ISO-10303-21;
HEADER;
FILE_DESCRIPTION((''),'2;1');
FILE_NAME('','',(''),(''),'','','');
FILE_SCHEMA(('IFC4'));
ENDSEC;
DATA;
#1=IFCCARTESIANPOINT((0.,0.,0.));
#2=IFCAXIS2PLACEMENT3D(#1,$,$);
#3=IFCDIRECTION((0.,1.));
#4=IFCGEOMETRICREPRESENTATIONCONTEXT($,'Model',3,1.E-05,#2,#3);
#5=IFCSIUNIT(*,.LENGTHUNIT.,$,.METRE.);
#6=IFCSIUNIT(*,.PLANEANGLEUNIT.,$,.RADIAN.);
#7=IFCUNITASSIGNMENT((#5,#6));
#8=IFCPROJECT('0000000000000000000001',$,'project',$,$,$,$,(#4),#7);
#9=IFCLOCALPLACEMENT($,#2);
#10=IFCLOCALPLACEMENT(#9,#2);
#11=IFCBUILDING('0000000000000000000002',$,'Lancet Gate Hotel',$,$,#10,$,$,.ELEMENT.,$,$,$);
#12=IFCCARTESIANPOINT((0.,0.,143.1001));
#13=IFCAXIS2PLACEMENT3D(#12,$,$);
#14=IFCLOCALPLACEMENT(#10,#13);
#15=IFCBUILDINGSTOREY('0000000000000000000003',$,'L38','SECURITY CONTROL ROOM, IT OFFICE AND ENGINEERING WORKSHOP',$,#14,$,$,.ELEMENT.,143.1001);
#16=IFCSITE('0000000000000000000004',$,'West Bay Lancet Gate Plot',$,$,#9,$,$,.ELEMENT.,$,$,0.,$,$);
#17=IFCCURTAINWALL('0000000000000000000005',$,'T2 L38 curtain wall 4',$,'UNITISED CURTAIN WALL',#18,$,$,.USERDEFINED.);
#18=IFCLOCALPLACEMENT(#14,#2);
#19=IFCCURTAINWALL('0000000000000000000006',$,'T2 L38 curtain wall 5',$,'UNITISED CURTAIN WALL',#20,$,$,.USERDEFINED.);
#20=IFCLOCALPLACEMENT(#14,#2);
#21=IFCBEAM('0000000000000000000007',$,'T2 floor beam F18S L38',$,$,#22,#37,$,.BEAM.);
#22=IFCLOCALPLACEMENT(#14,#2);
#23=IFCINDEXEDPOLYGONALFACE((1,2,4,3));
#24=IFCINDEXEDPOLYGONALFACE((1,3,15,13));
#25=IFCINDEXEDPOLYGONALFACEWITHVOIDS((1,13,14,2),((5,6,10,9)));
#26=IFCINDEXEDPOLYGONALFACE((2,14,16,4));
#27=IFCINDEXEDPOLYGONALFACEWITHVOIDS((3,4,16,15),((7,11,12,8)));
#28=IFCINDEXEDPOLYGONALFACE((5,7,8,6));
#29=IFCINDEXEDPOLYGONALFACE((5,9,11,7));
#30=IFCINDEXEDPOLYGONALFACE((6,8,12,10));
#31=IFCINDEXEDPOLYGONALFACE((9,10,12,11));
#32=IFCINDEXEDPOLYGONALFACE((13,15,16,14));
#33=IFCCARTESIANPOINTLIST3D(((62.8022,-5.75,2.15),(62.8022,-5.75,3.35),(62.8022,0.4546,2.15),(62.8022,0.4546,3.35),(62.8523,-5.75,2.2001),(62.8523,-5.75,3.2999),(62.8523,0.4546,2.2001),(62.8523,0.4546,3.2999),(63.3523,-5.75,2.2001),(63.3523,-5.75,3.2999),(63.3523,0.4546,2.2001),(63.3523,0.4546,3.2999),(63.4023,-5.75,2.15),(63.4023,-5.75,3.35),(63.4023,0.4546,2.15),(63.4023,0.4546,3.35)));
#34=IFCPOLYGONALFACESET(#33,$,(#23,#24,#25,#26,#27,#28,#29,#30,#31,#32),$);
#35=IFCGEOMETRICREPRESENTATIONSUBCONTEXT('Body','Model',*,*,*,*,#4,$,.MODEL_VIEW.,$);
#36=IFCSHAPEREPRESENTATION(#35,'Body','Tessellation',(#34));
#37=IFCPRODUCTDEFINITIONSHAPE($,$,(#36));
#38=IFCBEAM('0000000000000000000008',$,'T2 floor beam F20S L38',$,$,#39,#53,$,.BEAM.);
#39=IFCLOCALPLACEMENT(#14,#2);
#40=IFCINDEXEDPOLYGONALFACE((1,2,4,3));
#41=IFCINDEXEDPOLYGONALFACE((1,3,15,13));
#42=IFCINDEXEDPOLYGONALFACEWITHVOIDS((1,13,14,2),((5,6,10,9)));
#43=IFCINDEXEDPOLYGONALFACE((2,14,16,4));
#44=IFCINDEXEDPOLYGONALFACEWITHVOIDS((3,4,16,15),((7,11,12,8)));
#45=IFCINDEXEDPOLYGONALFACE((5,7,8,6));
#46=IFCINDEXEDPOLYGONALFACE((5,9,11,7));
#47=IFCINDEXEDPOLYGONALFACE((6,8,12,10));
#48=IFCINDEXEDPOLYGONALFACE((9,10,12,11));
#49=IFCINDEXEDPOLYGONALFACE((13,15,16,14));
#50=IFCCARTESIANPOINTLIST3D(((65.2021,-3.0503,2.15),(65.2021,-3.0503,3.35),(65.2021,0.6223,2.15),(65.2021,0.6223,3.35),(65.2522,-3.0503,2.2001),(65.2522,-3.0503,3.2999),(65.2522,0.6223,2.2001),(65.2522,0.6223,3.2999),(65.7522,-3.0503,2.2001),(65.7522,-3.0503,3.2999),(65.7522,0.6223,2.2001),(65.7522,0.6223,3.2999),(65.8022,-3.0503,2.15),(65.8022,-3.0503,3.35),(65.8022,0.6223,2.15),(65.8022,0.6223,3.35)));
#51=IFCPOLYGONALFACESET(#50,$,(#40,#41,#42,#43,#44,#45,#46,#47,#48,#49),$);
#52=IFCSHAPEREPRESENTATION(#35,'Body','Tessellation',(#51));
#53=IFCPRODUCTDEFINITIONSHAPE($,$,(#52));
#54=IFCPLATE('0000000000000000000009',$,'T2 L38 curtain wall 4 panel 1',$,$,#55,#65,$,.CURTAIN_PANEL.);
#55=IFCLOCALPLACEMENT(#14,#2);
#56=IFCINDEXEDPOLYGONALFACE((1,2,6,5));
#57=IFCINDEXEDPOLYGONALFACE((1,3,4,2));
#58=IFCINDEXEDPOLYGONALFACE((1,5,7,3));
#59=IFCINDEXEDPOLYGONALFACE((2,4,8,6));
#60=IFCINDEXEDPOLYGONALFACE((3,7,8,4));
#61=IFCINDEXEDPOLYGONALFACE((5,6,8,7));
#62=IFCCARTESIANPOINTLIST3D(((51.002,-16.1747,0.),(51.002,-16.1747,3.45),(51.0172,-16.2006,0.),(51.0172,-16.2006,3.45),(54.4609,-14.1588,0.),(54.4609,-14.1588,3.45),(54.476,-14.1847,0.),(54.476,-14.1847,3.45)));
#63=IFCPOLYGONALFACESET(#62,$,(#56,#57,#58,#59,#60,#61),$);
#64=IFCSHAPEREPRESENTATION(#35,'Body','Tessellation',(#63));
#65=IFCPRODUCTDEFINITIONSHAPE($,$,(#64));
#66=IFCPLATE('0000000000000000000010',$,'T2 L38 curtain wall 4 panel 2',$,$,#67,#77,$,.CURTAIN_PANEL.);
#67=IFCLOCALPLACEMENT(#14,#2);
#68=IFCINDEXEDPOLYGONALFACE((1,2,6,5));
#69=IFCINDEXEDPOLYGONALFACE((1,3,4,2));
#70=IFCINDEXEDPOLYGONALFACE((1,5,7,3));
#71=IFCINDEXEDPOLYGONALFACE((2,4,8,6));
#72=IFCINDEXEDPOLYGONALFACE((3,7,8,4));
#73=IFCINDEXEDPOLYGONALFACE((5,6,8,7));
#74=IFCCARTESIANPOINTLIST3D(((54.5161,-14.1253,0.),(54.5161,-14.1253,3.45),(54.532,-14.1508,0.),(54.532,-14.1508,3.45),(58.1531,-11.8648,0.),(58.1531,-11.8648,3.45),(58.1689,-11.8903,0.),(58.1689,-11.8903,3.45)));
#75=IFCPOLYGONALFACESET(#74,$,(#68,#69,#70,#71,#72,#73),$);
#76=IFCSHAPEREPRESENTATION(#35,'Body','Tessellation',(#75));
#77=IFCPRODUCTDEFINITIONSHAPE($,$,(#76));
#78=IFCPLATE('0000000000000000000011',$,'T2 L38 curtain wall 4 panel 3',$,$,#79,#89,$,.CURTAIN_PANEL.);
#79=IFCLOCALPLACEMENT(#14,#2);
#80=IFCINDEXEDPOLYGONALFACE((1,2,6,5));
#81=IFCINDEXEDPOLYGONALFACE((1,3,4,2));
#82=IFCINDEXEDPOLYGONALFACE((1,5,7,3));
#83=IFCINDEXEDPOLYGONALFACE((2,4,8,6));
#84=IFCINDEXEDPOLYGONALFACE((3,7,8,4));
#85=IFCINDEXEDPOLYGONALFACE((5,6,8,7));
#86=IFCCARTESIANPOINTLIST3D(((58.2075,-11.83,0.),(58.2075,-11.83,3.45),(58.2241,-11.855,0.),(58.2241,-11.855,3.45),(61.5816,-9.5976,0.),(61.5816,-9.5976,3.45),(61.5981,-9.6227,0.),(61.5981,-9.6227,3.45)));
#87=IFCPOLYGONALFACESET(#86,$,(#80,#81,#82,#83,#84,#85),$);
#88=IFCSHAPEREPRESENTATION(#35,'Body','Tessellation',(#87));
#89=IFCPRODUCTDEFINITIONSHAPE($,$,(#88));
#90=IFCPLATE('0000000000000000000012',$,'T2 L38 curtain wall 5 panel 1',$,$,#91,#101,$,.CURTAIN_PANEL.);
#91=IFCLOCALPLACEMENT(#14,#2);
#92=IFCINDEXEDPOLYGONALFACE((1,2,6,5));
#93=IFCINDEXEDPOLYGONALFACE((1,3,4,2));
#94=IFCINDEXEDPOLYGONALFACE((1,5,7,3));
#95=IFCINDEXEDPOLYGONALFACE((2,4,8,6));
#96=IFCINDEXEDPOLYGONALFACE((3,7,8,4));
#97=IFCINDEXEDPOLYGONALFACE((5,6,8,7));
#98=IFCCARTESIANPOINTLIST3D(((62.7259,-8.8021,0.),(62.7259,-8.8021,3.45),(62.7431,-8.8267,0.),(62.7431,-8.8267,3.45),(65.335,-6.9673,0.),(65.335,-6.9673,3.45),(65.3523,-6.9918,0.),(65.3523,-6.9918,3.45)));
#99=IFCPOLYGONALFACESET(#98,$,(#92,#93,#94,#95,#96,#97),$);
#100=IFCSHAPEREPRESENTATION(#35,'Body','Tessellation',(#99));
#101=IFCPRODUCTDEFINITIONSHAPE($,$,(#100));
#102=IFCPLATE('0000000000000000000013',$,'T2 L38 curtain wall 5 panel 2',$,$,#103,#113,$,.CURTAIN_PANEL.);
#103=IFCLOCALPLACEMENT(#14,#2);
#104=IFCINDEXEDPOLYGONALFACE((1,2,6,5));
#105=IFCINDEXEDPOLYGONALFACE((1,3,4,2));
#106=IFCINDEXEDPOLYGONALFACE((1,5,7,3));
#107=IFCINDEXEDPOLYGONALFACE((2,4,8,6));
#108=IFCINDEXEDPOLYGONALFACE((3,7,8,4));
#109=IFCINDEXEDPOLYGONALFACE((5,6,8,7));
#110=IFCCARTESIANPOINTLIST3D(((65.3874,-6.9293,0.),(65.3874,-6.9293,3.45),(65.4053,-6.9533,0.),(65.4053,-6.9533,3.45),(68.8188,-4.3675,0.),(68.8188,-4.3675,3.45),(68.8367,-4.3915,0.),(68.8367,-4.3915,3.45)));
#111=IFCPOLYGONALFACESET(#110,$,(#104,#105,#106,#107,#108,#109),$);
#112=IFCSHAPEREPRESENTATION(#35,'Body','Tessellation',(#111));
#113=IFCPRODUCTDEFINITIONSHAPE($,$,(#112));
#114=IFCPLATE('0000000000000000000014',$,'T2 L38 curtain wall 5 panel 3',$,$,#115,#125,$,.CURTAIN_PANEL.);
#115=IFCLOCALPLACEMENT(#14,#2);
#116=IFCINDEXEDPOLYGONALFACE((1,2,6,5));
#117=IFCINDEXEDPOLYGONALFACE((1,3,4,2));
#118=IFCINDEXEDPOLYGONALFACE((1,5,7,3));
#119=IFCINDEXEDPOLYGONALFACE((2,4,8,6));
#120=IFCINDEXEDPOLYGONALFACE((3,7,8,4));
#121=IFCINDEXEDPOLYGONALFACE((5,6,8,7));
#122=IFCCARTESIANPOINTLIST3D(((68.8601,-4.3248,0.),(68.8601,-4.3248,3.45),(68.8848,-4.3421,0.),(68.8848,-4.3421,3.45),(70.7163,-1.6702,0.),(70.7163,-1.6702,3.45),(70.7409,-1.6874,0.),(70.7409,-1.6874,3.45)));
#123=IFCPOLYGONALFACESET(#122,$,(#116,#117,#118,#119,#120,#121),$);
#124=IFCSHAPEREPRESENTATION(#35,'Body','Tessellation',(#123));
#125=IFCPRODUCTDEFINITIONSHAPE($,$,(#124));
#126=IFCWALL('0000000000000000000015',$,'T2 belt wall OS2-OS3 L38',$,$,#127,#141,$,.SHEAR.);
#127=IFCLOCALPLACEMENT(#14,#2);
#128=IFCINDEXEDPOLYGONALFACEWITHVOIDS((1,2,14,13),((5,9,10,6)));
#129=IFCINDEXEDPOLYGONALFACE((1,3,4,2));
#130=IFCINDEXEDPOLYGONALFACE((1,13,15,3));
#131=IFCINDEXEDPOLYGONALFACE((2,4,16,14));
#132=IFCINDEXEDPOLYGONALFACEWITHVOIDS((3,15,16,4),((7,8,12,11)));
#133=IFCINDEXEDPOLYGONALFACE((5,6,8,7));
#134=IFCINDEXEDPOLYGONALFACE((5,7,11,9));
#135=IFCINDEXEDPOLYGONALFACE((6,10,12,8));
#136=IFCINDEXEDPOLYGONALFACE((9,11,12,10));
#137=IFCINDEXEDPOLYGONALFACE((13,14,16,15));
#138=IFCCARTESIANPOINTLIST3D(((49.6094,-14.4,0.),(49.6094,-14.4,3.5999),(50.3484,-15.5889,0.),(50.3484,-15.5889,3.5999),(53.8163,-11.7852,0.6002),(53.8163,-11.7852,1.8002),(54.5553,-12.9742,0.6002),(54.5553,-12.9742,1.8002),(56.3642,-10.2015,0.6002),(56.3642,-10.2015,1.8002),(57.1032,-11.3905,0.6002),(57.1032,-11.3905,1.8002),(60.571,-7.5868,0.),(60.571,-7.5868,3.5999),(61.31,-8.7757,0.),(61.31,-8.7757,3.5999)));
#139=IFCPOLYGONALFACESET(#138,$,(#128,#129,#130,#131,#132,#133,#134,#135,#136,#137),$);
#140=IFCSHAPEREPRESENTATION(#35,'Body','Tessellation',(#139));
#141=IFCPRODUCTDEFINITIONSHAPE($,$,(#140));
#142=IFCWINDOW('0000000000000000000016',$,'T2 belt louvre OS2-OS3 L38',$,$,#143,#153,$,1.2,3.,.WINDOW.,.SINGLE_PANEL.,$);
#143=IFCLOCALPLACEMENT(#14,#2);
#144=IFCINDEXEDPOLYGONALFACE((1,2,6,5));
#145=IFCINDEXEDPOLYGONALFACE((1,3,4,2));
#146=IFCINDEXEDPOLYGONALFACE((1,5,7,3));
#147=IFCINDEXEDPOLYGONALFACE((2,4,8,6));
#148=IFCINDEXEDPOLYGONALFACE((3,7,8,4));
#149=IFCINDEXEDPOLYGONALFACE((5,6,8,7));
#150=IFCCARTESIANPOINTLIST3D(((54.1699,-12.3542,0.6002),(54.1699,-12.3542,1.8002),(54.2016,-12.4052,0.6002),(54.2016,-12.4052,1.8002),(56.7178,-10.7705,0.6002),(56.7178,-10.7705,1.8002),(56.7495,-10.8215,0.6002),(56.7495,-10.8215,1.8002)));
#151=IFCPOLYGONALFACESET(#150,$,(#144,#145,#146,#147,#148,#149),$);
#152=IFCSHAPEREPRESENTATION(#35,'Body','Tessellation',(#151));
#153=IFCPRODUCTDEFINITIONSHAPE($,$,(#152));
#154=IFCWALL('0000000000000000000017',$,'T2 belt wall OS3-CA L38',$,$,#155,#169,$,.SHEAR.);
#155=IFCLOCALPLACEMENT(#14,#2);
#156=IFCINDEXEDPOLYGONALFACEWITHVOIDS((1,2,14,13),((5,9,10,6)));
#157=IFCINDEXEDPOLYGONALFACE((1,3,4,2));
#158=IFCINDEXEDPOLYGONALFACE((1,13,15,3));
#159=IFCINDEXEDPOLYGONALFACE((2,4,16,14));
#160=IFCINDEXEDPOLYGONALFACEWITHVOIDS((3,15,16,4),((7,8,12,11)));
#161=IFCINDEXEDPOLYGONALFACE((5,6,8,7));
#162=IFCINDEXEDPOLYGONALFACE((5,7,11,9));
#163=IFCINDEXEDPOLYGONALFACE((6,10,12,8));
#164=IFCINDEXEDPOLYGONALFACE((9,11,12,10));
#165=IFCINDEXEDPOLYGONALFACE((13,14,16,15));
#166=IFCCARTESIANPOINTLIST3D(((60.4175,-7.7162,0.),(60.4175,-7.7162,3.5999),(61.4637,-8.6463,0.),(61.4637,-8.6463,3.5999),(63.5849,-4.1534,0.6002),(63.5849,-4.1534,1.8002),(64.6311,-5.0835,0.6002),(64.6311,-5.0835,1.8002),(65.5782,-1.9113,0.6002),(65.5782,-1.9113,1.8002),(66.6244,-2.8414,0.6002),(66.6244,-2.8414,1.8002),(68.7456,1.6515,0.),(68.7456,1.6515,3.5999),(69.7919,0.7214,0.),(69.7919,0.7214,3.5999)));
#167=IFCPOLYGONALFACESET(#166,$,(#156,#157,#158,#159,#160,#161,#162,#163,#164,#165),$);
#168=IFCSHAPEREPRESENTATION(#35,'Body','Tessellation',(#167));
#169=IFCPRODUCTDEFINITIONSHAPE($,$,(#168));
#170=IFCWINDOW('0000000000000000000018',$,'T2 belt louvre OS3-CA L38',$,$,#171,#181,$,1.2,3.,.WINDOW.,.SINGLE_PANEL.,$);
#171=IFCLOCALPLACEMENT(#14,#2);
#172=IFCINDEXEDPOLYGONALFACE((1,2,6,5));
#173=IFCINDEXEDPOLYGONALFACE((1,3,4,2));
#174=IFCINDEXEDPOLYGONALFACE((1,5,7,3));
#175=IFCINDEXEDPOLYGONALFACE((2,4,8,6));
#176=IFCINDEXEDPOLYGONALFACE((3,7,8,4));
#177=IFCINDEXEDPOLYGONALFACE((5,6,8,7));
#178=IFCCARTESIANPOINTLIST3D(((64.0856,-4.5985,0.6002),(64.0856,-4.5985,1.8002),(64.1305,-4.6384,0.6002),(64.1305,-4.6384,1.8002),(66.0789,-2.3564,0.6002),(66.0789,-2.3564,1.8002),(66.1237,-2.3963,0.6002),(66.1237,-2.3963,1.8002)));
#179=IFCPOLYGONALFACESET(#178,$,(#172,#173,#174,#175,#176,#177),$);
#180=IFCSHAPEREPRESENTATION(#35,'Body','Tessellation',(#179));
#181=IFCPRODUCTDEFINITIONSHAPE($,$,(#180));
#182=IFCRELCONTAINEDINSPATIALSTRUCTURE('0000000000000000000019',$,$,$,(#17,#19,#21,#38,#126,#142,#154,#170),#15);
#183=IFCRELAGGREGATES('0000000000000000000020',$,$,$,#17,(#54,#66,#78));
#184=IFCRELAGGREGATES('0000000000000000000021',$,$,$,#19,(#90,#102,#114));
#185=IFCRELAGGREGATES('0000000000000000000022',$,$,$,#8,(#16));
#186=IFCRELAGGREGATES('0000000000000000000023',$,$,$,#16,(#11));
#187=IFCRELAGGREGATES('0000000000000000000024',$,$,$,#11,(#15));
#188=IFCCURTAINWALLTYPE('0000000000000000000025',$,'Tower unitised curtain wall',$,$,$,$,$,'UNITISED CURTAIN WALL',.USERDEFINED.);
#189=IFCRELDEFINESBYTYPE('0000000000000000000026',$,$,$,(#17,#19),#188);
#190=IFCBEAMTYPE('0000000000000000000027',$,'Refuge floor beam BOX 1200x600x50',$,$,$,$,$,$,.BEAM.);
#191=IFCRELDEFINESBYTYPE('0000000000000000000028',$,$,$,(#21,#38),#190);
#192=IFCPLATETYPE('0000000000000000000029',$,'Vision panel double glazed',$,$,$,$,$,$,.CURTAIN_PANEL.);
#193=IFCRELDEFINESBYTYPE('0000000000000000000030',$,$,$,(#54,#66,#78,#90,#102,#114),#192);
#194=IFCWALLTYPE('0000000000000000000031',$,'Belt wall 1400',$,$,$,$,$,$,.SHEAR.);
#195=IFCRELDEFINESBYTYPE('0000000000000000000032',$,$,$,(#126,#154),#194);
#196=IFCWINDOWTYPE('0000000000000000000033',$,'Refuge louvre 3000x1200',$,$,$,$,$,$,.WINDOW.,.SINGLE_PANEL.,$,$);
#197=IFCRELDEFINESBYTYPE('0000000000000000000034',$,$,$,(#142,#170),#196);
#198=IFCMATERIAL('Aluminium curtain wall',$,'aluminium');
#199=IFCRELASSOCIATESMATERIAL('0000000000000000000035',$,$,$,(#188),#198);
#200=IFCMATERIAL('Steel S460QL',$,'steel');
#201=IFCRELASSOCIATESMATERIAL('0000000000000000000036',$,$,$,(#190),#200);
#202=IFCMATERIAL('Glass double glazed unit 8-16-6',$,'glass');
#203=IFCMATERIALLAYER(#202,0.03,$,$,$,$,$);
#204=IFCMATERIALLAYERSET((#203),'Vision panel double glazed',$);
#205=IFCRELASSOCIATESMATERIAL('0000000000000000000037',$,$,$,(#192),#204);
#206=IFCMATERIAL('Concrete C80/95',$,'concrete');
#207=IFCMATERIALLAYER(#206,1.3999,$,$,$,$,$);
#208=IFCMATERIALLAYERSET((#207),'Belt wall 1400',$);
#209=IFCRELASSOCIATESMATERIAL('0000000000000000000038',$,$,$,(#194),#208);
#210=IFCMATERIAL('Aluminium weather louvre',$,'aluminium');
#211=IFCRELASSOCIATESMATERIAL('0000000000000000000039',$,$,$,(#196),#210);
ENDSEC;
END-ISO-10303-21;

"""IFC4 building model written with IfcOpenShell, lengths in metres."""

from ifc_helpers import new_model, si_unit, direction, frame, frame_2d, origin, origin_2d, place, context, subcontext, project, spatial, rectangle, hollow_rectangle, extrude, material, layer, layer_set, material_profile, profile_set, type_object, element, fill, aggregate, save


model = new_model("IFC4")

# Units and contexts
model_context = context("Model", 3, precision=1e-05, world=origin(), true_north=direction((0.0, 1.0)))
body_context = subcontext(model_context, "Body", "Model", "MODEL_VIEW")
ifc_project = project(units=[si_unit("LENGTHUNIT", "METRE"), si_unit("PLANEANGLEUNIT", "RADIAN")], contexts=[model_context])

# Site, building, storey
site_placement = place(None, origin())
site = spatial("IfcSite", under=ifc_project, at=site_placement, Name="West Bay Lancet Gate Plot", CompositionType="ELEMENT", RefElevation=0.0)
building_placement = place(site_placement, origin())
building = spatial("IfcBuilding", under=site, at=building_placement, Name="Lancet Gate Hotel", CompositionType="ELEMENT")
storey_placement = place(building_placement, frame((0.0, 0.0, 143.1001)))
storey = spatial("IfcBuildingStorey", under=building, at=storey_placement, Name="L38", Description="SECURITY CONTROL ROOM, IT OFFICE AND ENGINEERING WORKSHOP", CompositionType="ELEMENT", Elevation=143.1001)

# Curtain walls
ifc_material_1 = material(Name="Aluminium curtain wall", Category="aluminium")
curtain_wall_type = type_object("IfcCurtainWallType", Name="Tower unitised curtain wall", ElementType="UNITISED CURTAIN WALL", PredefinedType="USERDEFINED", material=ifc_material_1)
curtain_wall_1_placement = place(storey_placement, origin())
curtain_wall_1 = element("IfcCurtainWall", 1, at=curtain_wall_1_placement, inside=storey, type_object=curtain_wall_type, Name="T2 L38 curtain wall 4", ObjectType="UNITISED CURTAIN WALL", PredefinedType="USERDEFINED")
curtain_wall_2_placement = place(storey_placement, origin())
curtain_wall_2 = element("IfcCurtainWall", 2, at=curtain_wall_2_placement, inside=storey, type_object=curtain_wall_type, Name="T2 L38 curtain wall 5", ObjectType="UNITISED CURTAIN WALL", PredefinedType="USERDEFINED")

# Beams
ifc_material_2 = material(Name="Steel S460QL", Category="steel")
ifc_material_profile_1 = material_profile(ifc_material_2, hollow_rectangle(XDim=0.6001, YDim=1.2, WallThickness=0.05, at=origin_2d()), Name="BOX 1200x600x50")
ifc_profile_set_1 = profile_set([ifc_material_profile_1], Name="Steel S460QL")
beam_type = type_object("IfcBeamType", Name="Refuge floor beam BOX 1200x600x50", PredefinedType="BEAM", material=ifc_profile_set_1)
beam_1_placement = place(storey_placement, frame((63.1023, -5.75, 2.75), z_axis=(0.0, 1.0, 0.0), x_axis=(-1.0, 0.0, 0.0)))
element("IfcBeam", 3, at=beam_1_placement, inside=storey, type_object=beam_type, Name="T2 floor beam F18S L38", PredefinedType="BEAM", context=body_context, shape_type="SweptSolid", body=[
    extrude(hollow_rectangle(XDim=0.6001, YDim=1.2, WallThickness=0.05, at=origin_2d()), origin(), (0.0, 0.0, 1.0), 6.2046),
])
beam_2_placement = place(storey_placement, frame((65.5022, -3.0503, 2.75), z_axis=(0.0, 1.0, 0.0), x_axis=(-1.0, 0.0, 0.0)))
element("IfcBeam", 4, at=beam_2_placement, inside=storey, type_object=beam_type, Name="T2 floor beam F20S L38", PredefinedType="BEAM", context=body_context, shape_type="SweptSolid", body=[
    extrude(hollow_rectangle(XDim=0.6001, YDim=1.2, WallThickness=0.05, at=origin_2d()), origin(), (0.0, 0.0, 1.0), 3.6726),
])

# Plates
ifc_material_3 = material(Name="Glass double glazed unit 8-16-6", Category="glass")
ifc_layer_1 = layer(ifc_material_3, 0.03)
ifc_layer_set_1 = layer_set([ifc_layer_1], Name="Vision panel double glazed")
plate_type = type_object("IfcPlateType", Name="Vision panel double glazed", PredefinedType="CURTAIN_PANEL", material=ifc_layer_set_1)
plate_1_placement = place(storey_placement, frame((52.739, -15.1797, 0.0), z_axis=(0.0, 0.0, 1.0), x_axis=(0.863966, 0.503551, 0.0)))
plate_1 = element("IfcPlate", 5, at=plate_1_placement, type_object=plate_type, Name="T2 L38 curtain wall 4 panel 1", PredefinedType="CURTAIN_PANEL", context=body_context, shape_type="SweptSolid", body=[
    extrude(rectangle(XDim=4.0034, YDim=0.03, at=origin_2d()), origin(), (0.0, 0.0, 1.0), 3.45),
])
plate_2_placement = place(storey_placement, frame((56.3425, -13.0078, 0.0), z_axis=(0.0, 0.0, 1.0), x_axis=(0.849318, 0.527882, 0.0)))
plate_2 = element("IfcPlate", 6, at=plate_2_placement, type_object=plate_type, Name="T2 L38 curtain wall 4 panel 2", PredefinedType="CURTAIN_PANEL", context=body_context, shape_type="SweptSolid", body=[
    extrude(rectangle(XDim=4.2822, YDim=0.03, at=origin_2d()), origin(), (0.0, 0.0, 1.0), 3.45),
])
plate_3_placement = place(storey_placement, frame((59.9028, -10.7263, 0.0), z_axis=(0.0, 0.0, 1.0), x_axis=(0.833985, 0.551787, 0.0)))
plate_3 = element("IfcPlate", 7, at=plate_3_placement, type_object=plate_type, Name="T2 L38 curtain wall 4 panel 3", PredefinedType="CURTAIN_PANEL", context=body_context, shape_type="SweptSolid", body=[
    extrude(rectangle(XDim=4.0457, YDim=0.03, at=origin_2d()), origin(), (0.0, 0.0, 1.0), 3.45),
])
aggregate(curtain_wall_1, [plate_1, plate_2, plate_3])
plate_4_placement = place(storey_placement, frame((64.0391, -7.897, 0.0), z_axis=(0.0, 0.0, 1.0), x_axis=(0.817979, 0.575247, 0.0)))
plate_4 = element("IfcPlate", 8, at=plate_4_placement, type_object=plate_type, Name="T2 L38 curtain wall 5 panel 1", PredefinedType="CURTAIN_PANEL", context=body_context, shape_type="SweptSolid", body=[
    extrude(rectangle(XDim=3.1897, YDim=0.03, at=origin_2d()), origin(), (0.0, 0.0, 1.0), 3.45),
])
plate_5_placement = place(storey_placement, frame((67.1121, -5.6604, 0.0), z_axis=(0.0, 0.0, 1.0), x_axis=(0.801314, 0.598244, 0.0)))
plate_5 = element("IfcPlate", 9, at=plate_5_placement, type_object=plate_type, Name="T2 L38 curtain wall 5 panel 2", PredefinedType="CURTAIN_PANEL", context=body_context, shape_type="SweptSolid", body=[
    extrude(rectangle(XDim=4.2822, YDim=0.03, at=origin_2d()), origin(), (0.0, 0.0, 1.0), 3.45),
])
plate_6_placement = place(storey_placement, frame((69.8005, -3.0061, 0.0), z_axis=(0.0, 0.0, 1.0), x_axis=(0.573025, 0.819538, 0.0)))
plate_6 = element("IfcPlate", 10, at=plate_6_placement, type_object=plate_type, Name="T2 L38 curtain wall 5 panel 3", PredefinedType="CURTAIN_PANEL", context=body_context, shape_type="SweptSolid", body=[
    extrude(rectangle(XDim=3.2393, YDim=0.03, at=origin_2d()), origin(), (0.0, 0.0, 1.0), 3.45),
])
aggregate(curtain_wall_2, [plate_4, plate_5, plate_6])

# Walls, openings, windows
ifc_material_4 = material(Name="Concrete C80/95", Category="concrete")
ifc_layer_2 = layer(ifc_material_4, 1.3999)
ifc_layer_set_2 = layer_set([ifc_layer_2], Name="Belt wall 1400")
wall_type_1 = type_object("IfcWallType", Name="Belt wall 1400", PredefinedType="SHEAR", material=ifc_layer_set_2)
wall_1_placement = place(storey_placement, frame((49.979, -14.9944, 0.0), z_axis=(0.0, 0.0, 1.0), x_axis=(0.849312, 0.527891, 0.0)))
wall_1 = element("IfcWall", 11, at=wall_1_placement, inside=storey, type_object=wall_type_1, Name="T2 belt wall OS2-OS3 L38", PredefinedType="SHEAR", context=body_context, shape_type="SweptSolid", body=[
    extrude(rectangle(XDim=12.9065, YDim=1.3999, at=frame_2d((6.4531, 0.0))), origin(), (0.0, 0.0, 1.0), 3.5999),
])
opening_1_placement = place(wall_1_placement, frame((4.9531, 0.0, 0.6001)))
opening_1 = element("IfcOpeningElement", 12, at=opening_1_placement, cuts=wall_1, PredefinedType="OPENING", context=body_context, shape_type="SweptSolid", body=[
    extrude(rectangle(XDim=3.0, YDim=1.2, at=frame_2d((1.5, 0.6001))), frame((0.0, 0.71, 0.0), z_axis=(0.0, -1.0, 0.0), x_axis=(1.0, 0.0, 0.0)), (0.0, 0.0, 1.0), 1.4199),
])
ifc_material_5 = material(Name="Aluminium weather louvre", Category="aluminium")
window_type = type_object("IfcWindowType", Name="Refuge louvre 3000x1200", PartitioningType="SINGLE_PANEL", PredefinedType="WINDOW", material=ifc_material_5)
window_1_placement = place(opening_1_placement, origin())
window_1 = element("IfcWindow", 13, at=window_1_placement, inside=storey, type_object=window_type, Name="T2 belt louvre OS2-OS3 L38", OverallHeight=1.2, OverallWidth=3.0, PartitioningType="SINGLE_PANEL", PredefinedType="WINDOW", context=body_context, shape_type="SweptSolid", body=[
    extrude(rectangle(XDim=3.0, YDim=1.2, at=frame_2d((1.5, 0.6001))), frame((0.0, 0.03, 0.0), z_axis=(0.0, -1.0, 0.0), x_axis=(1.0, 0.0, 0.0)), (0.0, 0.0, 1.0), 0.0601),
])
fill(opening_1, window_1)
wall_2_placement = place(storey_placement, frame((60.9407, -8.1812, 0.0), z_axis=(0.0, 0.0, 1.0), x_axis=(0.664422, 0.747358, 0.0)))
wall_2 = element("IfcWall", 14, at=wall_2_placement, inside=storey, type_object=wall_type_1, Name="T2 belt wall OS3-CA L38", PredefinedType="SHEAR", context=body_context, shape_type="SweptSolid", body=[
    extrude(rectangle(XDim=12.5344, YDim=1.3999, at=frame_2d((6.2671, 0.0))), origin(), (0.0, 0.0, 1.0), 3.5999),
])
opening_2_placement = place(wall_2_placement, frame((4.7671, 0.0, 0.6001)))
opening_2 = element("IfcOpeningElement", 15, at=opening_2_placement, cuts=wall_2, PredefinedType="OPENING", context=body_context, shape_type="SweptSolid", body=[
    extrude(rectangle(XDim=3.0, YDim=1.2, at=frame_2d((1.5, 0.6001))), frame((0.0, 0.71, 0.0), z_axis=(0.0, -1.0, 0.0), x_axis=(1.0, 0.0, 0.0)), (0.0, 0.0, 1.0), 1.4199),
])
window_2_placement = place(opening_2_placement, origin())
window_2 = element("IfcWindow", 16, at=window_2_placement, inside=storey, type_object=window_type, Name="T2 belt louvre OS3-CA L38", OverallHeight=1.2, OverallWidth=3.0, PartitioningType="SINGLE_PANEL", PredefinedType="WINDOW", context=body_context, shape_type="SweptSolid", body=[
    extrude(rectangle(XDim=3.0, YDim=1.2, at=frame_2d((1.5, 0.6001))), frame((0.0, 0.03, 0.0), z_axis=(0.0, -1.0, 0.0), x_axis=(1.0, 0.0, 0.0)), (0.0, 0.0, 1.0), 0.0601),
])
fill(opening_2, window_2)

save(model, "model.ifc")
